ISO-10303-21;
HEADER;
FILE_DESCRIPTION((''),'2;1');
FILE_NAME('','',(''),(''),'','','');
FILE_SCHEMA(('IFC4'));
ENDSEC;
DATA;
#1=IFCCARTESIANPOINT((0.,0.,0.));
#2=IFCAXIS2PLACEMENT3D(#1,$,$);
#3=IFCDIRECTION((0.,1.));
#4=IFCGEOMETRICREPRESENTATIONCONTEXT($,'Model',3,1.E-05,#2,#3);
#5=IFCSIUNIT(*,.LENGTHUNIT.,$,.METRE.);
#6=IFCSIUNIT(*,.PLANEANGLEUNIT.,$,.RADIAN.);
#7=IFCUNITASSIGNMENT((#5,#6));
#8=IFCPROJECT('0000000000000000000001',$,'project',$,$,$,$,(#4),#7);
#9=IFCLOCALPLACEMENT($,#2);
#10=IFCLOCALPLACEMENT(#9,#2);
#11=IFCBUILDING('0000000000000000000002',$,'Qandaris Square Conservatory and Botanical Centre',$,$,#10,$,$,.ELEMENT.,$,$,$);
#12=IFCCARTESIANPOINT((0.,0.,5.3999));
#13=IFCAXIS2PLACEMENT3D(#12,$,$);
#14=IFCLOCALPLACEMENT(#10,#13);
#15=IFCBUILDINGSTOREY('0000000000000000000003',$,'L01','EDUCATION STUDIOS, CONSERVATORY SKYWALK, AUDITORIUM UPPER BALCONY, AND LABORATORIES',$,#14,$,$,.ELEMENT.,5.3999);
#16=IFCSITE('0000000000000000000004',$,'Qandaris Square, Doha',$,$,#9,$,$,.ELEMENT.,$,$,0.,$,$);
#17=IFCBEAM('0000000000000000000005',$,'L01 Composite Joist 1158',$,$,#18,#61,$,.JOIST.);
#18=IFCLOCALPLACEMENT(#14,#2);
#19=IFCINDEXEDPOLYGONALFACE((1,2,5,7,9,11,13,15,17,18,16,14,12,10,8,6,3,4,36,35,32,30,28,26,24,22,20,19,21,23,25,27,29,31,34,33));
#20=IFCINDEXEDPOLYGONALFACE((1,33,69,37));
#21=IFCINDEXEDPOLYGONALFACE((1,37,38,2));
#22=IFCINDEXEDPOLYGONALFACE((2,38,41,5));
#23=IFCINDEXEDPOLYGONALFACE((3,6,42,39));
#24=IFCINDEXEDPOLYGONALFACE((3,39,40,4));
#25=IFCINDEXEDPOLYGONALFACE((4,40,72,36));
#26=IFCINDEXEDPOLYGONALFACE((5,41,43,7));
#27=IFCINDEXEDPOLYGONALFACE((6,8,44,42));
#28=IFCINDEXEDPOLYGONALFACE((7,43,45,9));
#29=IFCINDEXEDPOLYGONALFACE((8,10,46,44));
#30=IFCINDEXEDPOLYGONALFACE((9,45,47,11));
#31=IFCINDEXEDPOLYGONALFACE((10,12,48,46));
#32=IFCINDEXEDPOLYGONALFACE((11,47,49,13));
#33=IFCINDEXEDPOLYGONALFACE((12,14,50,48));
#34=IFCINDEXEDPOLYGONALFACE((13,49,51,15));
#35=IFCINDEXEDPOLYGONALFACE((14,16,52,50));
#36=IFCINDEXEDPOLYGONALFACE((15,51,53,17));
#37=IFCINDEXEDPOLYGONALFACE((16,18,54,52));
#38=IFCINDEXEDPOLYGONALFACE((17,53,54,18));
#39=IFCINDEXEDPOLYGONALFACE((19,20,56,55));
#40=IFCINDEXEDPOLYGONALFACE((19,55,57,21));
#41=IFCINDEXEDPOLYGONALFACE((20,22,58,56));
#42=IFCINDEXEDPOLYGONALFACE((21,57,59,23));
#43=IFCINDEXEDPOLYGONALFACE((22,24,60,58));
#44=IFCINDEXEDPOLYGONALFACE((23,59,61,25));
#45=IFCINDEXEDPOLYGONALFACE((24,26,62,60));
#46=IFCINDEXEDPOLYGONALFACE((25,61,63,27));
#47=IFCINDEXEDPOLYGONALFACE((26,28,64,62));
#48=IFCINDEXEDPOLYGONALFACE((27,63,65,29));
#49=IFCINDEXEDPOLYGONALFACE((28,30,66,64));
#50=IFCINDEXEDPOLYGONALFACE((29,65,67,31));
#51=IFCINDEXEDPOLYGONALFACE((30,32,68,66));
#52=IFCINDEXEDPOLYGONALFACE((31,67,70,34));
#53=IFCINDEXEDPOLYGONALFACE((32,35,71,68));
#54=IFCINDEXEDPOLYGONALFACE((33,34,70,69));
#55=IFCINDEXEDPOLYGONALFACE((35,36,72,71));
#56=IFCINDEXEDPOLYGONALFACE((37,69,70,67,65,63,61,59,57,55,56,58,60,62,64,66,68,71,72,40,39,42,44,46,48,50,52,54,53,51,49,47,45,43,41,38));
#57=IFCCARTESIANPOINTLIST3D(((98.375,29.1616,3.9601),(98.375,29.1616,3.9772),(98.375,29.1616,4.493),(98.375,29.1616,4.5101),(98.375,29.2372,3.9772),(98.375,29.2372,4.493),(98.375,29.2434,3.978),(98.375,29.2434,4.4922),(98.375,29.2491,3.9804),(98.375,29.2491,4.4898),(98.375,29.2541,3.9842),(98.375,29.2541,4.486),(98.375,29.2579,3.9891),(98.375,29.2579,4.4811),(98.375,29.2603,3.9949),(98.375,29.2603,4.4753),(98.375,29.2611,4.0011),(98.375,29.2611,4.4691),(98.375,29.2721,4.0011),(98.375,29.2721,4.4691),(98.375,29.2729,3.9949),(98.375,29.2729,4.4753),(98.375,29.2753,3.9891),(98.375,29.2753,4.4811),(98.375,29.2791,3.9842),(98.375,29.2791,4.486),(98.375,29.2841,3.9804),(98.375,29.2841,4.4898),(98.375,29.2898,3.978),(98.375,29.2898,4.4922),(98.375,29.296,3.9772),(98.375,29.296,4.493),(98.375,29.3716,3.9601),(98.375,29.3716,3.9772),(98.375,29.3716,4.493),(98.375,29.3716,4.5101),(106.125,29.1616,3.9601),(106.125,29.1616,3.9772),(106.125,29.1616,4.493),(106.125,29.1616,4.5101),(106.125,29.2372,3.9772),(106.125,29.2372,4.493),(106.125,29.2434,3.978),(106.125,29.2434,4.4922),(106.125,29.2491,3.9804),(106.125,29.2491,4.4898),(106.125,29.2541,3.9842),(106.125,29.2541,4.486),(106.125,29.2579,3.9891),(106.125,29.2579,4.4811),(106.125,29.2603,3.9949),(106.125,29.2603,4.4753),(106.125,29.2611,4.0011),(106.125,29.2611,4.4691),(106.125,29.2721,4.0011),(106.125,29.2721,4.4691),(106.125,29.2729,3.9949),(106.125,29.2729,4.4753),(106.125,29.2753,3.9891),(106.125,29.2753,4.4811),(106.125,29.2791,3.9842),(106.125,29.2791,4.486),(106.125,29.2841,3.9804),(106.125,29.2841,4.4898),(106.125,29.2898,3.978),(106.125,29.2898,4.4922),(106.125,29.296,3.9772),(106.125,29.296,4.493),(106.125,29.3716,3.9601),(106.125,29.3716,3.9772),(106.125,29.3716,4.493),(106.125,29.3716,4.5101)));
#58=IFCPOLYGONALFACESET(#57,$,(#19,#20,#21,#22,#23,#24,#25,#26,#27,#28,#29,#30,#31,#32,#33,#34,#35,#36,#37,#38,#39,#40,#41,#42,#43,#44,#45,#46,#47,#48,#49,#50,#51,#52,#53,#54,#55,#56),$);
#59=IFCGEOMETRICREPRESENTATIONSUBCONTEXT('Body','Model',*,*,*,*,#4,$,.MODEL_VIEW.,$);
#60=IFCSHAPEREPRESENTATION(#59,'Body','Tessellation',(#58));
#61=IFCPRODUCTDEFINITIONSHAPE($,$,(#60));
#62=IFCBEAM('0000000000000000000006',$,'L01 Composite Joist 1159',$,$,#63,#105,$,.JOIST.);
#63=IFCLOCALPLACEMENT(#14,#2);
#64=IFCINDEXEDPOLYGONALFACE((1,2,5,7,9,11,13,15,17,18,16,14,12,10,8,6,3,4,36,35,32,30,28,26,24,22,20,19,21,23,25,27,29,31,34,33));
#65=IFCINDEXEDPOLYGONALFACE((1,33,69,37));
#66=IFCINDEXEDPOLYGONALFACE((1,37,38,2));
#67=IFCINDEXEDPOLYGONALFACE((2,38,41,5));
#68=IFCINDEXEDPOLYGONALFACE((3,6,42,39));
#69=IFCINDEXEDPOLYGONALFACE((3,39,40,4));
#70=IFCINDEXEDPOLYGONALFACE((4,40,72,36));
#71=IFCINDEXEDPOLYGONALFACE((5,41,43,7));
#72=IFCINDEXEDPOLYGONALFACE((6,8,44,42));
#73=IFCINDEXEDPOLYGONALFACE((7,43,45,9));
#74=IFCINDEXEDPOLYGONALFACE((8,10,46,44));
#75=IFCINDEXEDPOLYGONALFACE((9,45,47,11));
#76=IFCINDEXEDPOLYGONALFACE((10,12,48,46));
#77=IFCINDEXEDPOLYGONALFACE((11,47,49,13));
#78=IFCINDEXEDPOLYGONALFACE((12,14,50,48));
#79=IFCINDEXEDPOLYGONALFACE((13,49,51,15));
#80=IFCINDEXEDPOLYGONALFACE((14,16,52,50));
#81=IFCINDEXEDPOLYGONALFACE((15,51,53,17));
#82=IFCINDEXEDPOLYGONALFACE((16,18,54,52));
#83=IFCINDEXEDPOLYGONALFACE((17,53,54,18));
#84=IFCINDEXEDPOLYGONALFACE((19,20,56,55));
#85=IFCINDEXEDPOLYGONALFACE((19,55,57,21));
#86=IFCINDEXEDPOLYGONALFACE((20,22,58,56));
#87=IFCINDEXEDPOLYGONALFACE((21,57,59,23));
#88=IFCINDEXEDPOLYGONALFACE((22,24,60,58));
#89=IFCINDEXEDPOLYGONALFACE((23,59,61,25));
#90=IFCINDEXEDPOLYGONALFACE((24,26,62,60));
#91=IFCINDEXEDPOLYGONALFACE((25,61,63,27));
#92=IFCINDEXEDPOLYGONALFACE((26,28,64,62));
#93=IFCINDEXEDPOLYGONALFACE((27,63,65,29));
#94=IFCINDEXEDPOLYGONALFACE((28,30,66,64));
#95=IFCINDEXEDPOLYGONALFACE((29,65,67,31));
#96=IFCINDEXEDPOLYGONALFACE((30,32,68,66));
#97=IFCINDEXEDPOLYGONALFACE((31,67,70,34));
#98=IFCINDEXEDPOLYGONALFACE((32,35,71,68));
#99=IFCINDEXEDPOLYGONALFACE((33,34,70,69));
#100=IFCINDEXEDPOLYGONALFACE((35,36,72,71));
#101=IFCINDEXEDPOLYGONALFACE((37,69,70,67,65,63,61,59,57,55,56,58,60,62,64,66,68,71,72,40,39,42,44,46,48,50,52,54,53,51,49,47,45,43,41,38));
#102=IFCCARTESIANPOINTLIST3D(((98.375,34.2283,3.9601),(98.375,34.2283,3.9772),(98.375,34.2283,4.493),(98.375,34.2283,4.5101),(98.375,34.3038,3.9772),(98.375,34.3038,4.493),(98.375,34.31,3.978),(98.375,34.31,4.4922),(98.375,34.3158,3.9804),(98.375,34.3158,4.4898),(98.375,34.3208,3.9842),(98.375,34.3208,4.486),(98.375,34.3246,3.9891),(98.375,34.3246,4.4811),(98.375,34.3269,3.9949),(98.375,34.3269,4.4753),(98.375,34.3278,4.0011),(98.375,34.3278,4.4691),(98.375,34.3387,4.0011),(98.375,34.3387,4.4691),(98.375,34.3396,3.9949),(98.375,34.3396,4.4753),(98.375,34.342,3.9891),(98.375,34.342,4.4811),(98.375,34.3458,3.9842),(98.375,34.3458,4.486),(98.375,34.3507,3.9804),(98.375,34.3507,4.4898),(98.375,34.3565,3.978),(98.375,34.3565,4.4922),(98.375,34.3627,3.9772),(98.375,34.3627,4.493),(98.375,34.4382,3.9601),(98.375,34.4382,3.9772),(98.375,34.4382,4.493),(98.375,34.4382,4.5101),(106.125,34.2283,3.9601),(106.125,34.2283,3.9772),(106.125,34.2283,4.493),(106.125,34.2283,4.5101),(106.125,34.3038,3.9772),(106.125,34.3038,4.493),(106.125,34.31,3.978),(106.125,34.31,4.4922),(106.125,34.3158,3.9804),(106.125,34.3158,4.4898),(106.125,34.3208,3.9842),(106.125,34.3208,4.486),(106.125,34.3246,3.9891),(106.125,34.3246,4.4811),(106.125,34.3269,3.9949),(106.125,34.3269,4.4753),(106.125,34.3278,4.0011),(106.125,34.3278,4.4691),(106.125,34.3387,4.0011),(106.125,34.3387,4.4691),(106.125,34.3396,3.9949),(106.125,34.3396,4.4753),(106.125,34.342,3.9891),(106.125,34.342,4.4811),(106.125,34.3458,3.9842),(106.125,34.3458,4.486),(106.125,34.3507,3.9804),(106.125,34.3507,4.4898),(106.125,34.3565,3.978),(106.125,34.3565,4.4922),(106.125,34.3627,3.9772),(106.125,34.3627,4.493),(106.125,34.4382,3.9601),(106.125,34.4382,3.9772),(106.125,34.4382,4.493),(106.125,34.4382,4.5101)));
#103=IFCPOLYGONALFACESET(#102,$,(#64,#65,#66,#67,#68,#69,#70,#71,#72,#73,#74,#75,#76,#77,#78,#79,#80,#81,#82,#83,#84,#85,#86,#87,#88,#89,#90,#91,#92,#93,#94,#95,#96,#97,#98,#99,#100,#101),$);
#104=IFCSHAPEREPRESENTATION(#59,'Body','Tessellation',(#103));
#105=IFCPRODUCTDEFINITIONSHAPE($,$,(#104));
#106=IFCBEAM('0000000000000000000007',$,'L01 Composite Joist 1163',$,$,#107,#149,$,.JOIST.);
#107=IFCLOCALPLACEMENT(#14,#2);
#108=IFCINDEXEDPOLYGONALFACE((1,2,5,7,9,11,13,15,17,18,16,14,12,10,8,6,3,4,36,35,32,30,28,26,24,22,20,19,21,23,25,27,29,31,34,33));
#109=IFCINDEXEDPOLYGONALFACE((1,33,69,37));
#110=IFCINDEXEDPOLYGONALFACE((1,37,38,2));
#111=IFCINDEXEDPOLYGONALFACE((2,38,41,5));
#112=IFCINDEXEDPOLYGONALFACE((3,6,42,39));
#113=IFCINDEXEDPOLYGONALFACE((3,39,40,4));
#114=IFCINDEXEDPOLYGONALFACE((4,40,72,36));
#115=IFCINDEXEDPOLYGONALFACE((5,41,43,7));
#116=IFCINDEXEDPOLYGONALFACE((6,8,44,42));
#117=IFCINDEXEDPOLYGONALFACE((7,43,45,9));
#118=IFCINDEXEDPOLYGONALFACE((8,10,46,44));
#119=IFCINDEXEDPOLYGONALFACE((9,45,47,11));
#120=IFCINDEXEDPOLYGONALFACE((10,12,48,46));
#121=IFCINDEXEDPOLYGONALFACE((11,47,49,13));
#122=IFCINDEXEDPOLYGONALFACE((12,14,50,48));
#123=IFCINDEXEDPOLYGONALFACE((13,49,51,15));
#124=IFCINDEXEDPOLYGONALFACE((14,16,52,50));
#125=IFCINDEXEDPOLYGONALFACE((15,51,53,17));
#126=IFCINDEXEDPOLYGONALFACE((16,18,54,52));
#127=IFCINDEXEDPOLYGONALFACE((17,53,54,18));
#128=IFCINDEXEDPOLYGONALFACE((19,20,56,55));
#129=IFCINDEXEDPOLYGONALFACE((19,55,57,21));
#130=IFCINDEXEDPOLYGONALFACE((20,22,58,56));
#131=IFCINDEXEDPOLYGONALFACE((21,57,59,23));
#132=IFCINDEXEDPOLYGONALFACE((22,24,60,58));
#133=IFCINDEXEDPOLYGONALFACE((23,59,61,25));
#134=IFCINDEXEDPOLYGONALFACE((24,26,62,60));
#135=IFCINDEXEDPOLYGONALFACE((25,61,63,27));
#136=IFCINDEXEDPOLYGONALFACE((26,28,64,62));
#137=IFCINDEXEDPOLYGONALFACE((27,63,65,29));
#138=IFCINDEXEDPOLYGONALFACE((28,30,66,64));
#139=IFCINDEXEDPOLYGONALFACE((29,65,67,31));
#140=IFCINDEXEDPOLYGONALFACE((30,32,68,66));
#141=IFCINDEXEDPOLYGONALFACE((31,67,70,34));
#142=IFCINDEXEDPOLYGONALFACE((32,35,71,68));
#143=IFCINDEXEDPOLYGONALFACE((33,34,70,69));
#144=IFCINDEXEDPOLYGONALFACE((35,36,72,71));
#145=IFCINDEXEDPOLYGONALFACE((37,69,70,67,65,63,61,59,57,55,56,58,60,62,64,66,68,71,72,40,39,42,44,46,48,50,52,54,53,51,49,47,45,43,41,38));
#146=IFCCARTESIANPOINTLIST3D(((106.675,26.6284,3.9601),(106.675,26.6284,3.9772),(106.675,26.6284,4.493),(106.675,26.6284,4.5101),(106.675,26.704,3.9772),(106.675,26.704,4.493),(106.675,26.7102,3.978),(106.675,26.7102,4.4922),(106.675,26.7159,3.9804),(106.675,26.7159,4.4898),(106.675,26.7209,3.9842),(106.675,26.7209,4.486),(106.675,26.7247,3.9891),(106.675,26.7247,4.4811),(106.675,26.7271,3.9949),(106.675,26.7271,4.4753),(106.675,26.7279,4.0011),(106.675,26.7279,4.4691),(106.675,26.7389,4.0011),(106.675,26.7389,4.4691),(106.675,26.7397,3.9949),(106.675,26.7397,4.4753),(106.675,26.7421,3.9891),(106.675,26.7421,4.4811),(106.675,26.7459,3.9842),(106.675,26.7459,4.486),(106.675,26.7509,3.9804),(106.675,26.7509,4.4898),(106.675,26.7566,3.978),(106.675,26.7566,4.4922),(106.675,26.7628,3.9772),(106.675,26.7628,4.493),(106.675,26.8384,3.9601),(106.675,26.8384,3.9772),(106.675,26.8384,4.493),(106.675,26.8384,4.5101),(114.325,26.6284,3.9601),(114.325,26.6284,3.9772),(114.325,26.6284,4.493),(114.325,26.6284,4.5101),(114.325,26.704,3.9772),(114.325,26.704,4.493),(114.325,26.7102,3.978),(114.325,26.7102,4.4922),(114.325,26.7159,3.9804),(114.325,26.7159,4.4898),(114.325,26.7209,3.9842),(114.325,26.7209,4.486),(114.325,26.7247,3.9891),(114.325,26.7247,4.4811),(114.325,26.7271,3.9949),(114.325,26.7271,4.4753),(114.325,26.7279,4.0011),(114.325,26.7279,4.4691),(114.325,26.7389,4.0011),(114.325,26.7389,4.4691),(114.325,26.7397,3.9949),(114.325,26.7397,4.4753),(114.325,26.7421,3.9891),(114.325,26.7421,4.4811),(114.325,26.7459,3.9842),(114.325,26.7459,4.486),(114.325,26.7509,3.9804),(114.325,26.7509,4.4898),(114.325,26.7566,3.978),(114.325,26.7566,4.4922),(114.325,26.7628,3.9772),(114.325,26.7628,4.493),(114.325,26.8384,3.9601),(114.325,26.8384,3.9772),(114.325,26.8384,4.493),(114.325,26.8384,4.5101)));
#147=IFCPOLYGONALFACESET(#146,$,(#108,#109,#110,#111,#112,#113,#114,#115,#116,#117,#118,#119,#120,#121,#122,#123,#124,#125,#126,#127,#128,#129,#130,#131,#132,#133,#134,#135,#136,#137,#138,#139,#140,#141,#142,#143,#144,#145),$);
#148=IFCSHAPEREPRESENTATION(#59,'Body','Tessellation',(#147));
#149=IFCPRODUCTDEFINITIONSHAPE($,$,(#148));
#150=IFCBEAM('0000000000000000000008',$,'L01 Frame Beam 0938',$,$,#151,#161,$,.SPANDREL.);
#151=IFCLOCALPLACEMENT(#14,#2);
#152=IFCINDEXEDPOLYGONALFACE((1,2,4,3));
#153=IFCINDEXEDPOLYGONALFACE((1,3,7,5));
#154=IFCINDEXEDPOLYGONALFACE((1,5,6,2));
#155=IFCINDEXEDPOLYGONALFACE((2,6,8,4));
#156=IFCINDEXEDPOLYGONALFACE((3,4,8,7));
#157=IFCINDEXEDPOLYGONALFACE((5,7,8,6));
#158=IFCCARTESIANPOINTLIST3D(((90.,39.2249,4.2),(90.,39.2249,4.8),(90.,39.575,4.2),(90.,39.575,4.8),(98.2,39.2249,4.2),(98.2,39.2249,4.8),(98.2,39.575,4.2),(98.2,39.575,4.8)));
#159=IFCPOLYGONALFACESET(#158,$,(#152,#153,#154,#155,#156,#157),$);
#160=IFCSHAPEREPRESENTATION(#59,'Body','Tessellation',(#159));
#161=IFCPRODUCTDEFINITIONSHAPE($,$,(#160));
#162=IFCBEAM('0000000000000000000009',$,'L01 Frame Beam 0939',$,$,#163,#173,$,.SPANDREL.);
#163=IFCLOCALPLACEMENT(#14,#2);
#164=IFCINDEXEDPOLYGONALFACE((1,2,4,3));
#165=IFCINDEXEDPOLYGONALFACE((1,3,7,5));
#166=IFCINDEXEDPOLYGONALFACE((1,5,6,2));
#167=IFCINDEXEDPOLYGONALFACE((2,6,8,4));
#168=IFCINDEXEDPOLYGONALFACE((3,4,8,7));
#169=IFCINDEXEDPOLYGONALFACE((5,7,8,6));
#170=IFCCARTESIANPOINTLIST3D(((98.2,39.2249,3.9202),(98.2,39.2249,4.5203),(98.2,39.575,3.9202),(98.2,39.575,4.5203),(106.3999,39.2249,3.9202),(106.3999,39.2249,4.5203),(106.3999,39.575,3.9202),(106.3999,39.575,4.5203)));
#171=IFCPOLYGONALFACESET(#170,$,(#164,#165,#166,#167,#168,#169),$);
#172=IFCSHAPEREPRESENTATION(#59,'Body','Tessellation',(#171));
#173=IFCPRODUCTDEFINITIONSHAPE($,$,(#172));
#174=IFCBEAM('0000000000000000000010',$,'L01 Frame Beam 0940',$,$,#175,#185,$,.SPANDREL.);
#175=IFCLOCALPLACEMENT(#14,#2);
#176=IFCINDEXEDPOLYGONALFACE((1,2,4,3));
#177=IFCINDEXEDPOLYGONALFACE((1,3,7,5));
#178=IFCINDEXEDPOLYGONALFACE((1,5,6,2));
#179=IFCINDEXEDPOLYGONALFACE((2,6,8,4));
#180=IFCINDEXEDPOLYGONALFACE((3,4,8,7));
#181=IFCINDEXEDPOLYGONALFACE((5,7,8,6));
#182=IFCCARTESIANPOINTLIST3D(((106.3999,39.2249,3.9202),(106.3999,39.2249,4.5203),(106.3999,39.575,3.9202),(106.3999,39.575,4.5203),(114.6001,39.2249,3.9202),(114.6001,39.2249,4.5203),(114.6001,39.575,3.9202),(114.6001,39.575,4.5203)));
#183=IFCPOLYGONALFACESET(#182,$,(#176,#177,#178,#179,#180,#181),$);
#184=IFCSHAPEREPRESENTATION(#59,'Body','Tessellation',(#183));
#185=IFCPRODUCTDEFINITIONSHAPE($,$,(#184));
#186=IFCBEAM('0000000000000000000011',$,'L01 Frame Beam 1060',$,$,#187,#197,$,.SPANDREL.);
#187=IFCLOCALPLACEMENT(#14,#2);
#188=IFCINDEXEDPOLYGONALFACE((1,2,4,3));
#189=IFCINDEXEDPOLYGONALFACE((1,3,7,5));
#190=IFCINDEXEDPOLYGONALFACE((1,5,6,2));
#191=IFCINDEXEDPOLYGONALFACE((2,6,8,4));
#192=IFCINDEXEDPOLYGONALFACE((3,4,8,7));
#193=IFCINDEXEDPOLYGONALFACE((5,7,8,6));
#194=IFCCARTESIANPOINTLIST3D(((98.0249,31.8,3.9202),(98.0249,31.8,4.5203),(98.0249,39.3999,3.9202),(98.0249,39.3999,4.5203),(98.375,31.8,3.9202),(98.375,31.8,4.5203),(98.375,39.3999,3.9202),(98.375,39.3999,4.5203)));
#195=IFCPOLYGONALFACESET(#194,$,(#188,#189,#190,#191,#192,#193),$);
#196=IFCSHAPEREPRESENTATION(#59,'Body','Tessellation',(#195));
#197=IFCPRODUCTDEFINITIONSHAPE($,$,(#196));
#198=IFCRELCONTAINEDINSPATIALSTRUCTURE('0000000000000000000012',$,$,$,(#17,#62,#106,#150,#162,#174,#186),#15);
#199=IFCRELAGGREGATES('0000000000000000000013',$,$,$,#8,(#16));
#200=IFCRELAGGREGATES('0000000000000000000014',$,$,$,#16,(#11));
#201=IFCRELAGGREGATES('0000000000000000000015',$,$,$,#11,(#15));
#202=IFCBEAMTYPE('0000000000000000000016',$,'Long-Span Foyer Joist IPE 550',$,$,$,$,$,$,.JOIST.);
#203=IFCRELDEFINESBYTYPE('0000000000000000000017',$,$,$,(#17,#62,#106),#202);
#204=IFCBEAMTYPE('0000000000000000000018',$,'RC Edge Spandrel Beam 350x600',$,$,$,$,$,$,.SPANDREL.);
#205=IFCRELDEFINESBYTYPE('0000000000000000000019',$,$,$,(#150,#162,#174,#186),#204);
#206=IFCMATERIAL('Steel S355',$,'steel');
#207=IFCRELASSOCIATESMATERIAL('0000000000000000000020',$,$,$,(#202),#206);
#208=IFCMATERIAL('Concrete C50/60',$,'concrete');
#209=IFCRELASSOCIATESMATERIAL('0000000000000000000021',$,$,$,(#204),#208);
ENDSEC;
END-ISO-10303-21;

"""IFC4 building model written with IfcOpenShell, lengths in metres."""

from ifc_helpers import new_model, si_unit, direction, frame, origin, origin_2d, place, context, subcontext, project, spatial, rectangle, i_section, extrude, material, material_profile, profile_set, type_object, element, save


model = new_model("IFC4")

# Units and contexts
model_context = context("Model", 3, precision=1e-05, world=origin(), true_north=direction((0.0, 1.0)))
body_context = subcontext(model_context, "Body", "Model", "MODEL_VIEW")
ifc_project = project(units=[si_unit("LENGTHUNIT", "METRE"), si_unit("PLANEANGLEUNIT", "RADIAN")], contexts=[model_context])

# Site, building, storey
site_placement = place(None, origin())
site = spatial("IfcSite", under=ifc_project, at=site_placement, Name="Qandaris Square, Doha", CompositionType="ELEMENT", RefElevation=0.0)
building_placement = place(site_placement, origin())
building = spatial("IfcBuilding", under=site, at=building_placement, Name="Qandaris Square Conservatory and Botanical Centre", CompositionType="ELEMENT")
storey_placement = place(building_placement, frame((0.0, 0.0, 5.3999)))
storey = spatial("IfcBuildingStorey", under=building, at=storey_placement, Name="L01", Description="EDUCATION STUDIOS, CONSERVATORY SKYWALK, AUDITORIUM UPPER BALCONY, AND LABORATORIES", CompositionType="ELEMENT", Elevation=5.3999)

# Shared definitions
ifc_material_1 = material(Name="Concrete C50/60", Category="concrete")

# Beams
ifc_material_2 = material(Name="Steel S355", Category="steel")
ifc_material_profile_1 = material_profile(ifc_material_2, i_section(OverallWidth=0.21, OverallDepth=0.55, WebThickness=0.011, FlangeThickness=0.0171, FilletRadius=0.0239, at=origin_2d()), Name="IPE 550")
ifc_profile_set_1 = profile_set([ifc_material_profile_1], Name="Steel S355")
beam_type_1 = type_object("IfcBeamType", Name="Long-Span Foyer Joist IPE 550", PredefinedType="JOIST", material=ifc_profile_set_1)
for number, where, z_axis, x_axis, name in (
    (1, (98.375, 29.2666, 4.2351), (1.0, 0.0, 0.0), (0.0, 1.0, 0.0), "L01 Composite Joist 1158"),
    (2, (98.375, 34.3333, 4.2351), (1.0, 0.0, 0.0), (0.0, 1.0, 0.0), "L01 Composite Joist 1159"),
):
    element("IfcBeam", number, at=place(storey_placement, frame(where, z_axis=z_axis, x_axis=x_axis)), inside=storey, type_object=beam_type_1, Name=name, PredefinedType="JOIST", context=body_context, shape_type="SweptSolid", body=[
        extrude(i_section(OverallWidth=0.21, OverallDepth=0.55, WebThickness=0.011, FlangeThickness=0.0171, FilletRadius=0.0239, at=origin_2d()), origin(), (0.0, 0.0, 1.0), 7.75),
    ])
beam_1_placement = place(storey_placement, frame((106.675, 26.7334, 4.2351), z_axis=(1.0, 0.0, 0.0), x_axis=(0.0, 1.0, 0.0)))
element("IfcBeam", 3, at=beam_1_placement, inside=storey, type_object=beam_type_1, Name="L01 Composite Joist 1163", PredefinedType="JOIST", context=body_context, shape_type="SweptSolid", body=[
    extrude(i_section(OverallWidth=0.21, OverallDepth=0.55, WebThickness=0.011, FlangeThickness=0.0171, FilletRadius=0.0239, at=origin_2d()), origin(), (0.0, 0.0, 1.0), 7.6499),
])
ifc_material_profile_2 = material_profile(ifc_material_1, rectangle(XDim=0.3501, YDim=0.6001, at=origin_2d()), Name="RC-SP 350x600")
ifc_profile_set_2 = profile_set([ifc_material_profile_2], Name="Concrete C50/60")
beam_type_2 = type_object("IfcBeamType", Name="RC Edge Spandrel Beam 350x600", PredefinedType="SPANDREL", material=ifc_profile_set_2)
for number, where, z_axis, x_axis, name in (
    (4, (90.0, 39.3999, 4.5), (1.0, 0.0, 0.0), (0.0, 1.0, 0.0), "L01 Frame Beam 0938"),
    (5, (98.2, 39.3999, 4.2202), (1.0, 0.0, 0.0), (0.0, 1.0, 0.0), "L01 Frame Beam 0939"),
):
    element("IfcBeam", number, at=place(storey_placement, frame(where, z_axis=z_axis, x_axis=x_axis)), inside=storey, type_object=beam_type_2, Name=name, PredefinedType="SPANDREL", context=body_context, shape_type="SweptSolid", body=[
        extrude(rectangle(XDim=0.3501, YDim=0.6001, at=origin_2d()), origin(), (0.0, 0.0, 1.0), 8.2),
    ])
beam_2_placement = place(storey_placement, frame((106.3999, 39.3999, 4.2202), z_axis=(1.0, 0.0, 0.0), x_axis=(0.0, 1.0, 0.0)))
element("IfcBeam", 6, at=beam_2_placement, inside=storey, type_object=beam_type_2, Name="L01 Frame Beam 0940", PredefinedType="SPANDREL", context=body_context, shape_type="SweptSolid", body=[
    extrude(rectangle(XDim=0.3501, YDim=0.6001, at=origin_2d()), origin(), (0.0, 0.0, 1.0), 8.2002),
])
beam_3_placement = place(storey_placement, frame((98.2, 31.8, 4.2202), z_axis=(0.0, 1.0, 0.0), x_axis=(-1.0, 0.0, 0.0)))
element("IfcBeam", 7, at=beam_3_placement, inside=storey, type_object=beam_type_2, Name="L01 Frame Beam 1060", PredefinedType="SPANDREL", context=body_context, shape_type="SweptSolid", body=[
    extrude(rectangle(XDim=0.3501, YDim=0.6001, at=origin_2d()), origin(), (0.0, 0.0, 1.0), 7.5999),
])

save(model, "model.ifc")
